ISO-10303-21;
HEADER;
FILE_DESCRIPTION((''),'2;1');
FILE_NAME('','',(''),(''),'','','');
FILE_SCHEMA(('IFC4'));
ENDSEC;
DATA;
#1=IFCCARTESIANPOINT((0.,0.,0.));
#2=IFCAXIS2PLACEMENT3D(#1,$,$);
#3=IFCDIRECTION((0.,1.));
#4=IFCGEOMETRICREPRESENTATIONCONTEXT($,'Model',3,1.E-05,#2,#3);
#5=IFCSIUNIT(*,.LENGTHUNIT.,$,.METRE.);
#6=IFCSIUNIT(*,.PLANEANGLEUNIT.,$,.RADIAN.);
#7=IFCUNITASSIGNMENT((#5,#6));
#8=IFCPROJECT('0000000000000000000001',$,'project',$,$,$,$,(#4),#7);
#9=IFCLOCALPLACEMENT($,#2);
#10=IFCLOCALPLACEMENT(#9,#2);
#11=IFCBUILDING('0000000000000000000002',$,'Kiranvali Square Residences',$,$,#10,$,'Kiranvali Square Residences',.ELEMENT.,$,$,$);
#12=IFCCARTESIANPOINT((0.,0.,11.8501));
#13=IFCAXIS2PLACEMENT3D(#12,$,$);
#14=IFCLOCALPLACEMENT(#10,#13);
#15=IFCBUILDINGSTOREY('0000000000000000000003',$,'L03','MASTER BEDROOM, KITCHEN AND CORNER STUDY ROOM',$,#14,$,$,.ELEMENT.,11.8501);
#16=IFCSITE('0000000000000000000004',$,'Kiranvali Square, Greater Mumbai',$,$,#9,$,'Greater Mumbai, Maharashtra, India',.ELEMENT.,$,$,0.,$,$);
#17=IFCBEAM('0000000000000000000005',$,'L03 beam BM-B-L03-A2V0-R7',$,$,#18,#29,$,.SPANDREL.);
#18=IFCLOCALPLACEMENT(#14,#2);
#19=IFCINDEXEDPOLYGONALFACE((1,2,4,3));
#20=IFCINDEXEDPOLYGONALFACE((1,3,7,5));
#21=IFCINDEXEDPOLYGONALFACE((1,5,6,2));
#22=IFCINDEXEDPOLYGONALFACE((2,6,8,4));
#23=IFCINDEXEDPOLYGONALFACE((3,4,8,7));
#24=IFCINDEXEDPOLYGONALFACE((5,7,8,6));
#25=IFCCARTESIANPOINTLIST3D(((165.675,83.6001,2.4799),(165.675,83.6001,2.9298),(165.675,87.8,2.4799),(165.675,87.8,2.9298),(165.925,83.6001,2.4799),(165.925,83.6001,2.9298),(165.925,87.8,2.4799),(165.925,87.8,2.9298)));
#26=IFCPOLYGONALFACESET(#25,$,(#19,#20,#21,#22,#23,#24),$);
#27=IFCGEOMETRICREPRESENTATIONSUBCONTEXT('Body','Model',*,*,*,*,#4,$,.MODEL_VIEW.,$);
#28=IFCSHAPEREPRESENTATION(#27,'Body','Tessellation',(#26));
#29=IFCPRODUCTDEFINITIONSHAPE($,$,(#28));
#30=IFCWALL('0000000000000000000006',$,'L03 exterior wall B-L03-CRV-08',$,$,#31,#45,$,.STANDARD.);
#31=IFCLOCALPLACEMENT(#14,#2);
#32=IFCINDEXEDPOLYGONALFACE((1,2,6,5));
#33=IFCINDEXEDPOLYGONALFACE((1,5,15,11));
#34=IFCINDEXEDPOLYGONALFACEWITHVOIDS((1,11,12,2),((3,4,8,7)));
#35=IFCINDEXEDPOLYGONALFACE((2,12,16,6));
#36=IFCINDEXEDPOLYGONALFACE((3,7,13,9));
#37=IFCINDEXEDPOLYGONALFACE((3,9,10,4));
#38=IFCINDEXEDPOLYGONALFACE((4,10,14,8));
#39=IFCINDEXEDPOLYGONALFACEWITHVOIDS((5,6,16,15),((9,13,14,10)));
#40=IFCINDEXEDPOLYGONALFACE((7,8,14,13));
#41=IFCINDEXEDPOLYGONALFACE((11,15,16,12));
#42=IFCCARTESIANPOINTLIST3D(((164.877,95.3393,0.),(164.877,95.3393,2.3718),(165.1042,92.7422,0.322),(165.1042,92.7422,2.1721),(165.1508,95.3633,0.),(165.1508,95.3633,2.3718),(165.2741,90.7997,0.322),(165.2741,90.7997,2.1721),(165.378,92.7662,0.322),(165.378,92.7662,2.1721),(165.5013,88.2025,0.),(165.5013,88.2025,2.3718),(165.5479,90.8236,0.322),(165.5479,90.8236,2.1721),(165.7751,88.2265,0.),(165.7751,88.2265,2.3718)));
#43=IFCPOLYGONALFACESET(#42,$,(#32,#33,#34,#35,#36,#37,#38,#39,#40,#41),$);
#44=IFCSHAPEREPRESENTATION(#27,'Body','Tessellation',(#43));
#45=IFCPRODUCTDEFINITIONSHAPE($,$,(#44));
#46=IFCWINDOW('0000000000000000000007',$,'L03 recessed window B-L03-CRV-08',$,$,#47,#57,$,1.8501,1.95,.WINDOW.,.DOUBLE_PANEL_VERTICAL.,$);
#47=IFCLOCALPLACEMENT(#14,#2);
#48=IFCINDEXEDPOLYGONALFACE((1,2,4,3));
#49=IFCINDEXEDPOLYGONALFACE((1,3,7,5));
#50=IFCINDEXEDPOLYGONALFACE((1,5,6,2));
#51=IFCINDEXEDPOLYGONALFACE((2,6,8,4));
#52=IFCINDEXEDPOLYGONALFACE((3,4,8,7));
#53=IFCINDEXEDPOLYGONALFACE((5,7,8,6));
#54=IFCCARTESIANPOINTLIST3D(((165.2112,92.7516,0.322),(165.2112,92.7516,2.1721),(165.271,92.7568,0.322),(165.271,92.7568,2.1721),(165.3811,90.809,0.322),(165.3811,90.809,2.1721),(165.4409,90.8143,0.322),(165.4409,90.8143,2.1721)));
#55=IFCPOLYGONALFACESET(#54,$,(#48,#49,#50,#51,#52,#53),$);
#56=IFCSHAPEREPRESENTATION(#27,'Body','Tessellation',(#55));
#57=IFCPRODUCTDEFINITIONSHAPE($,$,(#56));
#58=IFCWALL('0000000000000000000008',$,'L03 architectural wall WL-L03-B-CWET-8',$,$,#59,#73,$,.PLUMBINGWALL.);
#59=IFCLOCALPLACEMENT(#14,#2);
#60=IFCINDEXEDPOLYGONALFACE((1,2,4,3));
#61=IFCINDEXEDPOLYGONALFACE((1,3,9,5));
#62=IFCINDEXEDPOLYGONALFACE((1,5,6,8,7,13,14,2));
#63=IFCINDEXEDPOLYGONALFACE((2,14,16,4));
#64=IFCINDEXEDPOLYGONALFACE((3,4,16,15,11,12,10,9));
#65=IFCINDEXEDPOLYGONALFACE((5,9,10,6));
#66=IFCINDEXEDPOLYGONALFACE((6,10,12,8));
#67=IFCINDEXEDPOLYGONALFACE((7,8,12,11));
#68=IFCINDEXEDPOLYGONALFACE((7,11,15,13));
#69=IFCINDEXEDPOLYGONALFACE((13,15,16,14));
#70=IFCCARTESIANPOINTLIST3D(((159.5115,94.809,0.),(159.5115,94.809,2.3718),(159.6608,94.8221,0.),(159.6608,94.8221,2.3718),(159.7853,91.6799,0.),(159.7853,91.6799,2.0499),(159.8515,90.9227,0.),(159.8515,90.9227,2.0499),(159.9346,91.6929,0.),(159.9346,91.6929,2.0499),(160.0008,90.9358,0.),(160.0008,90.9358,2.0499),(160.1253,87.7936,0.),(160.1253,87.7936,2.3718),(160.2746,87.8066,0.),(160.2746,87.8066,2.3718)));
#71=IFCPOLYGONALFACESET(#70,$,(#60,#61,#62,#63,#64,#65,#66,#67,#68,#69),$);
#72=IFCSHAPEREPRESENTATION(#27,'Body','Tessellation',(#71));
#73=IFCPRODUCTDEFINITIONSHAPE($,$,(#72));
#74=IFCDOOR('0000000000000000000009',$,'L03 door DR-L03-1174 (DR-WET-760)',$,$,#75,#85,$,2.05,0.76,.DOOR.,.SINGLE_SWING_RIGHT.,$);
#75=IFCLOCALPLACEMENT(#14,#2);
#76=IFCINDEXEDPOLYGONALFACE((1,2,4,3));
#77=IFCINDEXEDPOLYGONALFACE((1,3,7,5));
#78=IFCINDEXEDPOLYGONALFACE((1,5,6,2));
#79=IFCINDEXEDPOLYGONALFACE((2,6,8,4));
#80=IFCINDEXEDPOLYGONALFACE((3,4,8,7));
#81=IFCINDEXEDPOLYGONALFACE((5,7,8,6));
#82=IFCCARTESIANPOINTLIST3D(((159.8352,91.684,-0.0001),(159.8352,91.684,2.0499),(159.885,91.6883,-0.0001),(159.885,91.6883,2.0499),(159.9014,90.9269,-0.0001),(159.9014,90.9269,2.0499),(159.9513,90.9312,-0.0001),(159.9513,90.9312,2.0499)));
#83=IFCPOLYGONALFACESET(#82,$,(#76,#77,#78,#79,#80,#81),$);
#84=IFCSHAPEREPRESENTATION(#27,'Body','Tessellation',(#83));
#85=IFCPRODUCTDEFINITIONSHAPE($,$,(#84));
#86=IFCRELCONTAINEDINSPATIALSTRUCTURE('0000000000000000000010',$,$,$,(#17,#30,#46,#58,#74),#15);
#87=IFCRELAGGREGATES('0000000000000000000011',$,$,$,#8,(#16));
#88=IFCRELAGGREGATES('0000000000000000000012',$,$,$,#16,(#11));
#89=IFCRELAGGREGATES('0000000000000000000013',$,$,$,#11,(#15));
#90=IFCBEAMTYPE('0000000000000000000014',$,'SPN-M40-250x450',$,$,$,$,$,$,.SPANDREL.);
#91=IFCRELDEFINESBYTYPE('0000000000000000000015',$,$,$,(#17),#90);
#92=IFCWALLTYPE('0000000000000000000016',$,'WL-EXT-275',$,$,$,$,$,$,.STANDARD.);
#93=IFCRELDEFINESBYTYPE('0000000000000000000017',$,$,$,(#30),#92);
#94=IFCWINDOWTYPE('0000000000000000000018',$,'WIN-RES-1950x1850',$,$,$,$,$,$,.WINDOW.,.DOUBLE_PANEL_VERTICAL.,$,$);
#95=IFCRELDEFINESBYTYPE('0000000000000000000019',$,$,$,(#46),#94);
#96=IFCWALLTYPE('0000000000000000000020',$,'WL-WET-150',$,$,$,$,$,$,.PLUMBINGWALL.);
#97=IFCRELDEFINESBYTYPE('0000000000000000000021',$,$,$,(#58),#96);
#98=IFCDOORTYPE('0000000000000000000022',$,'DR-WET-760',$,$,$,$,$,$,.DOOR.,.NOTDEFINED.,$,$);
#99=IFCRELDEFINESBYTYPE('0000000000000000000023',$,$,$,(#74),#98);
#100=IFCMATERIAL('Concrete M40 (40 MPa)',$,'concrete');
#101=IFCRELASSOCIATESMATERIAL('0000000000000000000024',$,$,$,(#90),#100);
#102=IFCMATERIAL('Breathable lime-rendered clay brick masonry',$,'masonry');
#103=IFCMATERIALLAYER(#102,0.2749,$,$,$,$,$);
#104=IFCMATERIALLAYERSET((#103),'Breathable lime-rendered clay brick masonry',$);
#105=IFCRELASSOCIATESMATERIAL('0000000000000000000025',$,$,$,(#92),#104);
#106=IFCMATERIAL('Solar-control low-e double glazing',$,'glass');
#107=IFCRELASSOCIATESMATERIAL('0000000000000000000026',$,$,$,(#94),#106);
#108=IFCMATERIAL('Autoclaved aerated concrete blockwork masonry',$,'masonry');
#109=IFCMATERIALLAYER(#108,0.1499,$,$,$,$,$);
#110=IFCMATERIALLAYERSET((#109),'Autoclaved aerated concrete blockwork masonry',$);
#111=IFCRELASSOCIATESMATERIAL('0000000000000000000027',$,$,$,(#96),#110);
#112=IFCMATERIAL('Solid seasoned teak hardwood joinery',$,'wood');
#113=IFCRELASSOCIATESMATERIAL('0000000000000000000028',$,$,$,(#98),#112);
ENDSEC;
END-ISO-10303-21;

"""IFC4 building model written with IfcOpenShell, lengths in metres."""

from ifc_helpers import new_model, si_unit, direction, frame, frame_2d, origin, origin_2d, place, context, subcontext, project, spatial, rectangle, extrude, material, layer, layer_set, material_profile, profile_set, type_object, element, fill, save


model = new_model("IFC4")

# Units and contexts
model_context = context("Model", 3, precision=1e-05, world=origin(), true_north=direction((0.0, 1.0)))
body_context = subcontext(model_context, "Body", "Model", "MODEL_VIEW")
ifc_project = project(units=[si_unit("LENGTHUNIT", "METRE"), si_unit("PLANEANGLEUNIT", "RADIAN")], contexts=[model_context])

# Site, building, storey
site_placement = place(None, origin())
site = spatial("IfcSite", under=ifc_project, at=site_placement, Name="Kiranvali Square, Greater Mumbai", LongName="Greater Mumbai, Maharashtra, India", CompositionType="ELEMENT", RefElevation=0.0)
building_placement = place(site_placement, origin())
building = spatial("IfcBuilding", under=site, at=building_placement, Name="Kiranvali Square Residences", LongName="Kiranvali Square Residences", CompositionType="ELEMENT")
storey_placement = place(building_placement, frame((0.0, 0.0, 11.8501)))
storey = spatial("IfcBuildingStorey", under=building, at=storey_placement, Name="L03", Description="MASTER BEDROOM, KITCHEN AND CORNER STUDY ROOM", CompositionType="ELEMENT", Elevation=11.8501)

# Beam
ifc_material_1 = material(Name="Concrete M40 (40 MPa)", Category="concrete")
ifc_material_profile_1 = material_profile(ifc_material_1, rectangle(XDim=0.25, YDim=0.45, at=origin_2d()), Name="RC 250x450")
ifc_profile_set_1 = profile_set([ifc_material_profile_1], Name="Concrete M40 (40 MPa)")
beam_type_1 = type_object("IfcBeamType", Name="SPN-M40-250x450", PredefinedType="SPANDREL", material=ifc_profile_set_1)
beam_1_placement = place(storey_placement, frame((165.8, 87.8, 2.7048), z_axis=(0.0, -1.0, 0.0), x_axis=(1.0, 0.0, 0.0)))
element("IfcBeam", 1, at=beam_1_placement, inside=storey, type_object=beam_type_1, Name="L03 beam BM-B-L03-A2V0-R7", PredefinedType="SPANDREL", context=body_context, shape_type="SweptSolid", body=[
    extrude(rectangle(XDim=0.25, YDim=0.45, at=origin_2d()), origin(), (0.0, 0.0, 1.0), 4.2),
])

# Wall, opening, window
ifc_material_2 = material(Name="Breathable lime-rendered clay brick masonry", Category="masonry")
ifc_layer_1 = layer(ifc_material_2, 0.2749)
ifc_layer_set_1 = layer_set([ifc_layer_1], Name="Breathable lime-rendered clay brick masonry")
wall_type_1 = type_object("IfcWallType", Name="WL-EXT-275", PredefinedType="STANDARD", material=ifc_layer_set_1)
wall_1_placement = place(storey_placement, frame((165.0139, 95.3513, 0.0), z_axis=(0.0, 0.0, 1.0), x_axis=(0.08714, -0.996196, 0.0)))
wall_1 = element("IfcWall", 2, at=wall_1_placement, inside=storey, type_object=wall_type_1, Name="L03 exterior wall B-L03-CRV-08", PredefinedType="STANDARD", context=body_context, shape_type="SweptSolid", body=[
    extrude(rectangle(XDim=7.1641, YDim=0.2749, at=frame_2d((3.582, 0.0))), origin(), (0.0, 0.0, 1.0), 2.3718),
])
opening_1_placement = place(wall_1_placement, frame((2.6069, 0.0, 0.322)))
opening_1 = element("IfcOpeningElement", 3, at=opening_1_placement, cuts=wall_1, PredefinedType="OPENING", context=body_context, shape_type="SweptSolid", body=[
    extrude(rectangle(XDim=1.95, YDim=1.8501, at=frame_2d((0.9751, 0.925))), frame((0.0, 0.1475, 0.0), z_axis=(0.0, -1.0, 0.0), x_axis=(1.0, 0.0, 0.0)), (0.0, 0.0, 1.0), 0.2949),
])
ifc_material_3 = material(Name="Solar-control low-e double glazing", Category="glass")
window_type = type_object("IfcWindowType", Name="WIN-RES-1950x1850", PartitioningType="DOUBLE_PANEL_VERTICAL", PredefinedType="WINDOW", material=ifc_material_3)
window_placement = place(opening_1_placement, origin())
window = element("IfcWindow", 4, at=window_placement, inside=storey, type_object=window_type, Name="L03 recessed window B-L03-CRV-08", OverallHeight=1.8501, OverallWidth=1.95, PartitioningType="DOUBLE_PANEL_VERTICAL", PredefinedType="WINDOW", context=body_context, shape_type="SweptSolid", body=[
    extrude(rectangle(XDim=1.95, YDim=1.8501, at=frame_2d((0.9751, 0.925))), frame((0.0, 0.03, 0.0), z_axis=(0.0, -1.0, 0.0), x_axis=(1.0, 0.0, 0.0)), (0.0, 0.0, 1.0), 0.0601),
])
fill(opening_1, window)

# Wall, opening, door
ifc_material_4 = material(Name="Autoclaved aerated concrete blockwork masonry", Category="masonry")
ifc_layer_2 = layer(ifc_material_4, 0.1499)
ifc_layer_set_2 = layer_set([ifc_layer_2], Name="Autoclaved aerated concrete blockwork masonry")
wall_type_2 = type_object("IfcWallType", Name="WL-WET-150", PredefinedType="PLUMBINGWALL", material=ifc_layer_set_2)
wall_2_placement = place(storey_placement, frame((159.5862, 94.8154, 0.0), z_axis=(0.0, 0.0, 1.0), x_axis=(0.087156, -0.996195, 0.0)))
wall_2 = element("IfcWall", 5, at=wall_2_placement, inside=storey, type_object=wall_type_2, Name="L03 architectural wall WL-L03-B-CWET-8", PredefinedType="PLUMBINGWALL", context=body_context, shape_type="SweptSolid", body=[
    extrude(rectangle(XDim=7.0422, YDim=0.1499, at=frame_2d((3.521, 0.0))), origin(), (0.0, 0.0, 1.0), 2.3718),
])
opening_2_placement = place(wall_2_placement, frame((3.1411, 0.0, 0.0)))
opening_2 = element("IfcOpeningElement", 6, at=opening_2_placement, cuts=wall_2, PredefinedType="OPENING", context=body_context, shape_type="SweptSolid", body=[
    extrude(rectangle(XDim=0.76, YDim=2.05, at=frame_2d((0.3799, 1.0249))), frame((0.0, 0.085, 0.0), z_axis=(0.0, -1.0, 0.0), x_axis=(1.0, 0.0, 0.0)), (0.0, 0.0, 1.0), 0.1699),
])
ifc_material_5 = material(Name="Solid seasoned teak hardwood joinery", Category="wood")
door_type = type_object("IfcDoorType", Name="DR-WET-760", OperationType="NOTDEFINED", PredefinedType="DOOR", material=ifc_material_5)
door_placement = place(opening_2_placement, frame((0.76, 0.0, 0.0), z_axis=(0.0, 0.0, 1.0), x_axis=(-1.0, 0.0, 0.0)))
door = element("IfcDoor", 7, at=door_placement, inside=storey, type_object=door_type, Name="L03 door DR-L03-1174 (DR-WET-760)", OperationType="SINGLE_SWING_RIGHT", OverallHeight=2.05, OverallWidth=0.76, PredefinedType="DOOR", context=body_context, shape_type="SweptSolid", body=[
    extrude(rectangle(XDim=0.76, YDim=2.05, at=frame_2d((0.3799, 1.0249))), frame((0.0, 0.0249, 0.0), z_axis=(0.0, -1.0, 0.0), x_axis=(1.0, 0.0, 0.0)), (0.0, 0.0, 1.0), 0.05),
])
fill(opening_2, door)

save(model, "model.ifc")
